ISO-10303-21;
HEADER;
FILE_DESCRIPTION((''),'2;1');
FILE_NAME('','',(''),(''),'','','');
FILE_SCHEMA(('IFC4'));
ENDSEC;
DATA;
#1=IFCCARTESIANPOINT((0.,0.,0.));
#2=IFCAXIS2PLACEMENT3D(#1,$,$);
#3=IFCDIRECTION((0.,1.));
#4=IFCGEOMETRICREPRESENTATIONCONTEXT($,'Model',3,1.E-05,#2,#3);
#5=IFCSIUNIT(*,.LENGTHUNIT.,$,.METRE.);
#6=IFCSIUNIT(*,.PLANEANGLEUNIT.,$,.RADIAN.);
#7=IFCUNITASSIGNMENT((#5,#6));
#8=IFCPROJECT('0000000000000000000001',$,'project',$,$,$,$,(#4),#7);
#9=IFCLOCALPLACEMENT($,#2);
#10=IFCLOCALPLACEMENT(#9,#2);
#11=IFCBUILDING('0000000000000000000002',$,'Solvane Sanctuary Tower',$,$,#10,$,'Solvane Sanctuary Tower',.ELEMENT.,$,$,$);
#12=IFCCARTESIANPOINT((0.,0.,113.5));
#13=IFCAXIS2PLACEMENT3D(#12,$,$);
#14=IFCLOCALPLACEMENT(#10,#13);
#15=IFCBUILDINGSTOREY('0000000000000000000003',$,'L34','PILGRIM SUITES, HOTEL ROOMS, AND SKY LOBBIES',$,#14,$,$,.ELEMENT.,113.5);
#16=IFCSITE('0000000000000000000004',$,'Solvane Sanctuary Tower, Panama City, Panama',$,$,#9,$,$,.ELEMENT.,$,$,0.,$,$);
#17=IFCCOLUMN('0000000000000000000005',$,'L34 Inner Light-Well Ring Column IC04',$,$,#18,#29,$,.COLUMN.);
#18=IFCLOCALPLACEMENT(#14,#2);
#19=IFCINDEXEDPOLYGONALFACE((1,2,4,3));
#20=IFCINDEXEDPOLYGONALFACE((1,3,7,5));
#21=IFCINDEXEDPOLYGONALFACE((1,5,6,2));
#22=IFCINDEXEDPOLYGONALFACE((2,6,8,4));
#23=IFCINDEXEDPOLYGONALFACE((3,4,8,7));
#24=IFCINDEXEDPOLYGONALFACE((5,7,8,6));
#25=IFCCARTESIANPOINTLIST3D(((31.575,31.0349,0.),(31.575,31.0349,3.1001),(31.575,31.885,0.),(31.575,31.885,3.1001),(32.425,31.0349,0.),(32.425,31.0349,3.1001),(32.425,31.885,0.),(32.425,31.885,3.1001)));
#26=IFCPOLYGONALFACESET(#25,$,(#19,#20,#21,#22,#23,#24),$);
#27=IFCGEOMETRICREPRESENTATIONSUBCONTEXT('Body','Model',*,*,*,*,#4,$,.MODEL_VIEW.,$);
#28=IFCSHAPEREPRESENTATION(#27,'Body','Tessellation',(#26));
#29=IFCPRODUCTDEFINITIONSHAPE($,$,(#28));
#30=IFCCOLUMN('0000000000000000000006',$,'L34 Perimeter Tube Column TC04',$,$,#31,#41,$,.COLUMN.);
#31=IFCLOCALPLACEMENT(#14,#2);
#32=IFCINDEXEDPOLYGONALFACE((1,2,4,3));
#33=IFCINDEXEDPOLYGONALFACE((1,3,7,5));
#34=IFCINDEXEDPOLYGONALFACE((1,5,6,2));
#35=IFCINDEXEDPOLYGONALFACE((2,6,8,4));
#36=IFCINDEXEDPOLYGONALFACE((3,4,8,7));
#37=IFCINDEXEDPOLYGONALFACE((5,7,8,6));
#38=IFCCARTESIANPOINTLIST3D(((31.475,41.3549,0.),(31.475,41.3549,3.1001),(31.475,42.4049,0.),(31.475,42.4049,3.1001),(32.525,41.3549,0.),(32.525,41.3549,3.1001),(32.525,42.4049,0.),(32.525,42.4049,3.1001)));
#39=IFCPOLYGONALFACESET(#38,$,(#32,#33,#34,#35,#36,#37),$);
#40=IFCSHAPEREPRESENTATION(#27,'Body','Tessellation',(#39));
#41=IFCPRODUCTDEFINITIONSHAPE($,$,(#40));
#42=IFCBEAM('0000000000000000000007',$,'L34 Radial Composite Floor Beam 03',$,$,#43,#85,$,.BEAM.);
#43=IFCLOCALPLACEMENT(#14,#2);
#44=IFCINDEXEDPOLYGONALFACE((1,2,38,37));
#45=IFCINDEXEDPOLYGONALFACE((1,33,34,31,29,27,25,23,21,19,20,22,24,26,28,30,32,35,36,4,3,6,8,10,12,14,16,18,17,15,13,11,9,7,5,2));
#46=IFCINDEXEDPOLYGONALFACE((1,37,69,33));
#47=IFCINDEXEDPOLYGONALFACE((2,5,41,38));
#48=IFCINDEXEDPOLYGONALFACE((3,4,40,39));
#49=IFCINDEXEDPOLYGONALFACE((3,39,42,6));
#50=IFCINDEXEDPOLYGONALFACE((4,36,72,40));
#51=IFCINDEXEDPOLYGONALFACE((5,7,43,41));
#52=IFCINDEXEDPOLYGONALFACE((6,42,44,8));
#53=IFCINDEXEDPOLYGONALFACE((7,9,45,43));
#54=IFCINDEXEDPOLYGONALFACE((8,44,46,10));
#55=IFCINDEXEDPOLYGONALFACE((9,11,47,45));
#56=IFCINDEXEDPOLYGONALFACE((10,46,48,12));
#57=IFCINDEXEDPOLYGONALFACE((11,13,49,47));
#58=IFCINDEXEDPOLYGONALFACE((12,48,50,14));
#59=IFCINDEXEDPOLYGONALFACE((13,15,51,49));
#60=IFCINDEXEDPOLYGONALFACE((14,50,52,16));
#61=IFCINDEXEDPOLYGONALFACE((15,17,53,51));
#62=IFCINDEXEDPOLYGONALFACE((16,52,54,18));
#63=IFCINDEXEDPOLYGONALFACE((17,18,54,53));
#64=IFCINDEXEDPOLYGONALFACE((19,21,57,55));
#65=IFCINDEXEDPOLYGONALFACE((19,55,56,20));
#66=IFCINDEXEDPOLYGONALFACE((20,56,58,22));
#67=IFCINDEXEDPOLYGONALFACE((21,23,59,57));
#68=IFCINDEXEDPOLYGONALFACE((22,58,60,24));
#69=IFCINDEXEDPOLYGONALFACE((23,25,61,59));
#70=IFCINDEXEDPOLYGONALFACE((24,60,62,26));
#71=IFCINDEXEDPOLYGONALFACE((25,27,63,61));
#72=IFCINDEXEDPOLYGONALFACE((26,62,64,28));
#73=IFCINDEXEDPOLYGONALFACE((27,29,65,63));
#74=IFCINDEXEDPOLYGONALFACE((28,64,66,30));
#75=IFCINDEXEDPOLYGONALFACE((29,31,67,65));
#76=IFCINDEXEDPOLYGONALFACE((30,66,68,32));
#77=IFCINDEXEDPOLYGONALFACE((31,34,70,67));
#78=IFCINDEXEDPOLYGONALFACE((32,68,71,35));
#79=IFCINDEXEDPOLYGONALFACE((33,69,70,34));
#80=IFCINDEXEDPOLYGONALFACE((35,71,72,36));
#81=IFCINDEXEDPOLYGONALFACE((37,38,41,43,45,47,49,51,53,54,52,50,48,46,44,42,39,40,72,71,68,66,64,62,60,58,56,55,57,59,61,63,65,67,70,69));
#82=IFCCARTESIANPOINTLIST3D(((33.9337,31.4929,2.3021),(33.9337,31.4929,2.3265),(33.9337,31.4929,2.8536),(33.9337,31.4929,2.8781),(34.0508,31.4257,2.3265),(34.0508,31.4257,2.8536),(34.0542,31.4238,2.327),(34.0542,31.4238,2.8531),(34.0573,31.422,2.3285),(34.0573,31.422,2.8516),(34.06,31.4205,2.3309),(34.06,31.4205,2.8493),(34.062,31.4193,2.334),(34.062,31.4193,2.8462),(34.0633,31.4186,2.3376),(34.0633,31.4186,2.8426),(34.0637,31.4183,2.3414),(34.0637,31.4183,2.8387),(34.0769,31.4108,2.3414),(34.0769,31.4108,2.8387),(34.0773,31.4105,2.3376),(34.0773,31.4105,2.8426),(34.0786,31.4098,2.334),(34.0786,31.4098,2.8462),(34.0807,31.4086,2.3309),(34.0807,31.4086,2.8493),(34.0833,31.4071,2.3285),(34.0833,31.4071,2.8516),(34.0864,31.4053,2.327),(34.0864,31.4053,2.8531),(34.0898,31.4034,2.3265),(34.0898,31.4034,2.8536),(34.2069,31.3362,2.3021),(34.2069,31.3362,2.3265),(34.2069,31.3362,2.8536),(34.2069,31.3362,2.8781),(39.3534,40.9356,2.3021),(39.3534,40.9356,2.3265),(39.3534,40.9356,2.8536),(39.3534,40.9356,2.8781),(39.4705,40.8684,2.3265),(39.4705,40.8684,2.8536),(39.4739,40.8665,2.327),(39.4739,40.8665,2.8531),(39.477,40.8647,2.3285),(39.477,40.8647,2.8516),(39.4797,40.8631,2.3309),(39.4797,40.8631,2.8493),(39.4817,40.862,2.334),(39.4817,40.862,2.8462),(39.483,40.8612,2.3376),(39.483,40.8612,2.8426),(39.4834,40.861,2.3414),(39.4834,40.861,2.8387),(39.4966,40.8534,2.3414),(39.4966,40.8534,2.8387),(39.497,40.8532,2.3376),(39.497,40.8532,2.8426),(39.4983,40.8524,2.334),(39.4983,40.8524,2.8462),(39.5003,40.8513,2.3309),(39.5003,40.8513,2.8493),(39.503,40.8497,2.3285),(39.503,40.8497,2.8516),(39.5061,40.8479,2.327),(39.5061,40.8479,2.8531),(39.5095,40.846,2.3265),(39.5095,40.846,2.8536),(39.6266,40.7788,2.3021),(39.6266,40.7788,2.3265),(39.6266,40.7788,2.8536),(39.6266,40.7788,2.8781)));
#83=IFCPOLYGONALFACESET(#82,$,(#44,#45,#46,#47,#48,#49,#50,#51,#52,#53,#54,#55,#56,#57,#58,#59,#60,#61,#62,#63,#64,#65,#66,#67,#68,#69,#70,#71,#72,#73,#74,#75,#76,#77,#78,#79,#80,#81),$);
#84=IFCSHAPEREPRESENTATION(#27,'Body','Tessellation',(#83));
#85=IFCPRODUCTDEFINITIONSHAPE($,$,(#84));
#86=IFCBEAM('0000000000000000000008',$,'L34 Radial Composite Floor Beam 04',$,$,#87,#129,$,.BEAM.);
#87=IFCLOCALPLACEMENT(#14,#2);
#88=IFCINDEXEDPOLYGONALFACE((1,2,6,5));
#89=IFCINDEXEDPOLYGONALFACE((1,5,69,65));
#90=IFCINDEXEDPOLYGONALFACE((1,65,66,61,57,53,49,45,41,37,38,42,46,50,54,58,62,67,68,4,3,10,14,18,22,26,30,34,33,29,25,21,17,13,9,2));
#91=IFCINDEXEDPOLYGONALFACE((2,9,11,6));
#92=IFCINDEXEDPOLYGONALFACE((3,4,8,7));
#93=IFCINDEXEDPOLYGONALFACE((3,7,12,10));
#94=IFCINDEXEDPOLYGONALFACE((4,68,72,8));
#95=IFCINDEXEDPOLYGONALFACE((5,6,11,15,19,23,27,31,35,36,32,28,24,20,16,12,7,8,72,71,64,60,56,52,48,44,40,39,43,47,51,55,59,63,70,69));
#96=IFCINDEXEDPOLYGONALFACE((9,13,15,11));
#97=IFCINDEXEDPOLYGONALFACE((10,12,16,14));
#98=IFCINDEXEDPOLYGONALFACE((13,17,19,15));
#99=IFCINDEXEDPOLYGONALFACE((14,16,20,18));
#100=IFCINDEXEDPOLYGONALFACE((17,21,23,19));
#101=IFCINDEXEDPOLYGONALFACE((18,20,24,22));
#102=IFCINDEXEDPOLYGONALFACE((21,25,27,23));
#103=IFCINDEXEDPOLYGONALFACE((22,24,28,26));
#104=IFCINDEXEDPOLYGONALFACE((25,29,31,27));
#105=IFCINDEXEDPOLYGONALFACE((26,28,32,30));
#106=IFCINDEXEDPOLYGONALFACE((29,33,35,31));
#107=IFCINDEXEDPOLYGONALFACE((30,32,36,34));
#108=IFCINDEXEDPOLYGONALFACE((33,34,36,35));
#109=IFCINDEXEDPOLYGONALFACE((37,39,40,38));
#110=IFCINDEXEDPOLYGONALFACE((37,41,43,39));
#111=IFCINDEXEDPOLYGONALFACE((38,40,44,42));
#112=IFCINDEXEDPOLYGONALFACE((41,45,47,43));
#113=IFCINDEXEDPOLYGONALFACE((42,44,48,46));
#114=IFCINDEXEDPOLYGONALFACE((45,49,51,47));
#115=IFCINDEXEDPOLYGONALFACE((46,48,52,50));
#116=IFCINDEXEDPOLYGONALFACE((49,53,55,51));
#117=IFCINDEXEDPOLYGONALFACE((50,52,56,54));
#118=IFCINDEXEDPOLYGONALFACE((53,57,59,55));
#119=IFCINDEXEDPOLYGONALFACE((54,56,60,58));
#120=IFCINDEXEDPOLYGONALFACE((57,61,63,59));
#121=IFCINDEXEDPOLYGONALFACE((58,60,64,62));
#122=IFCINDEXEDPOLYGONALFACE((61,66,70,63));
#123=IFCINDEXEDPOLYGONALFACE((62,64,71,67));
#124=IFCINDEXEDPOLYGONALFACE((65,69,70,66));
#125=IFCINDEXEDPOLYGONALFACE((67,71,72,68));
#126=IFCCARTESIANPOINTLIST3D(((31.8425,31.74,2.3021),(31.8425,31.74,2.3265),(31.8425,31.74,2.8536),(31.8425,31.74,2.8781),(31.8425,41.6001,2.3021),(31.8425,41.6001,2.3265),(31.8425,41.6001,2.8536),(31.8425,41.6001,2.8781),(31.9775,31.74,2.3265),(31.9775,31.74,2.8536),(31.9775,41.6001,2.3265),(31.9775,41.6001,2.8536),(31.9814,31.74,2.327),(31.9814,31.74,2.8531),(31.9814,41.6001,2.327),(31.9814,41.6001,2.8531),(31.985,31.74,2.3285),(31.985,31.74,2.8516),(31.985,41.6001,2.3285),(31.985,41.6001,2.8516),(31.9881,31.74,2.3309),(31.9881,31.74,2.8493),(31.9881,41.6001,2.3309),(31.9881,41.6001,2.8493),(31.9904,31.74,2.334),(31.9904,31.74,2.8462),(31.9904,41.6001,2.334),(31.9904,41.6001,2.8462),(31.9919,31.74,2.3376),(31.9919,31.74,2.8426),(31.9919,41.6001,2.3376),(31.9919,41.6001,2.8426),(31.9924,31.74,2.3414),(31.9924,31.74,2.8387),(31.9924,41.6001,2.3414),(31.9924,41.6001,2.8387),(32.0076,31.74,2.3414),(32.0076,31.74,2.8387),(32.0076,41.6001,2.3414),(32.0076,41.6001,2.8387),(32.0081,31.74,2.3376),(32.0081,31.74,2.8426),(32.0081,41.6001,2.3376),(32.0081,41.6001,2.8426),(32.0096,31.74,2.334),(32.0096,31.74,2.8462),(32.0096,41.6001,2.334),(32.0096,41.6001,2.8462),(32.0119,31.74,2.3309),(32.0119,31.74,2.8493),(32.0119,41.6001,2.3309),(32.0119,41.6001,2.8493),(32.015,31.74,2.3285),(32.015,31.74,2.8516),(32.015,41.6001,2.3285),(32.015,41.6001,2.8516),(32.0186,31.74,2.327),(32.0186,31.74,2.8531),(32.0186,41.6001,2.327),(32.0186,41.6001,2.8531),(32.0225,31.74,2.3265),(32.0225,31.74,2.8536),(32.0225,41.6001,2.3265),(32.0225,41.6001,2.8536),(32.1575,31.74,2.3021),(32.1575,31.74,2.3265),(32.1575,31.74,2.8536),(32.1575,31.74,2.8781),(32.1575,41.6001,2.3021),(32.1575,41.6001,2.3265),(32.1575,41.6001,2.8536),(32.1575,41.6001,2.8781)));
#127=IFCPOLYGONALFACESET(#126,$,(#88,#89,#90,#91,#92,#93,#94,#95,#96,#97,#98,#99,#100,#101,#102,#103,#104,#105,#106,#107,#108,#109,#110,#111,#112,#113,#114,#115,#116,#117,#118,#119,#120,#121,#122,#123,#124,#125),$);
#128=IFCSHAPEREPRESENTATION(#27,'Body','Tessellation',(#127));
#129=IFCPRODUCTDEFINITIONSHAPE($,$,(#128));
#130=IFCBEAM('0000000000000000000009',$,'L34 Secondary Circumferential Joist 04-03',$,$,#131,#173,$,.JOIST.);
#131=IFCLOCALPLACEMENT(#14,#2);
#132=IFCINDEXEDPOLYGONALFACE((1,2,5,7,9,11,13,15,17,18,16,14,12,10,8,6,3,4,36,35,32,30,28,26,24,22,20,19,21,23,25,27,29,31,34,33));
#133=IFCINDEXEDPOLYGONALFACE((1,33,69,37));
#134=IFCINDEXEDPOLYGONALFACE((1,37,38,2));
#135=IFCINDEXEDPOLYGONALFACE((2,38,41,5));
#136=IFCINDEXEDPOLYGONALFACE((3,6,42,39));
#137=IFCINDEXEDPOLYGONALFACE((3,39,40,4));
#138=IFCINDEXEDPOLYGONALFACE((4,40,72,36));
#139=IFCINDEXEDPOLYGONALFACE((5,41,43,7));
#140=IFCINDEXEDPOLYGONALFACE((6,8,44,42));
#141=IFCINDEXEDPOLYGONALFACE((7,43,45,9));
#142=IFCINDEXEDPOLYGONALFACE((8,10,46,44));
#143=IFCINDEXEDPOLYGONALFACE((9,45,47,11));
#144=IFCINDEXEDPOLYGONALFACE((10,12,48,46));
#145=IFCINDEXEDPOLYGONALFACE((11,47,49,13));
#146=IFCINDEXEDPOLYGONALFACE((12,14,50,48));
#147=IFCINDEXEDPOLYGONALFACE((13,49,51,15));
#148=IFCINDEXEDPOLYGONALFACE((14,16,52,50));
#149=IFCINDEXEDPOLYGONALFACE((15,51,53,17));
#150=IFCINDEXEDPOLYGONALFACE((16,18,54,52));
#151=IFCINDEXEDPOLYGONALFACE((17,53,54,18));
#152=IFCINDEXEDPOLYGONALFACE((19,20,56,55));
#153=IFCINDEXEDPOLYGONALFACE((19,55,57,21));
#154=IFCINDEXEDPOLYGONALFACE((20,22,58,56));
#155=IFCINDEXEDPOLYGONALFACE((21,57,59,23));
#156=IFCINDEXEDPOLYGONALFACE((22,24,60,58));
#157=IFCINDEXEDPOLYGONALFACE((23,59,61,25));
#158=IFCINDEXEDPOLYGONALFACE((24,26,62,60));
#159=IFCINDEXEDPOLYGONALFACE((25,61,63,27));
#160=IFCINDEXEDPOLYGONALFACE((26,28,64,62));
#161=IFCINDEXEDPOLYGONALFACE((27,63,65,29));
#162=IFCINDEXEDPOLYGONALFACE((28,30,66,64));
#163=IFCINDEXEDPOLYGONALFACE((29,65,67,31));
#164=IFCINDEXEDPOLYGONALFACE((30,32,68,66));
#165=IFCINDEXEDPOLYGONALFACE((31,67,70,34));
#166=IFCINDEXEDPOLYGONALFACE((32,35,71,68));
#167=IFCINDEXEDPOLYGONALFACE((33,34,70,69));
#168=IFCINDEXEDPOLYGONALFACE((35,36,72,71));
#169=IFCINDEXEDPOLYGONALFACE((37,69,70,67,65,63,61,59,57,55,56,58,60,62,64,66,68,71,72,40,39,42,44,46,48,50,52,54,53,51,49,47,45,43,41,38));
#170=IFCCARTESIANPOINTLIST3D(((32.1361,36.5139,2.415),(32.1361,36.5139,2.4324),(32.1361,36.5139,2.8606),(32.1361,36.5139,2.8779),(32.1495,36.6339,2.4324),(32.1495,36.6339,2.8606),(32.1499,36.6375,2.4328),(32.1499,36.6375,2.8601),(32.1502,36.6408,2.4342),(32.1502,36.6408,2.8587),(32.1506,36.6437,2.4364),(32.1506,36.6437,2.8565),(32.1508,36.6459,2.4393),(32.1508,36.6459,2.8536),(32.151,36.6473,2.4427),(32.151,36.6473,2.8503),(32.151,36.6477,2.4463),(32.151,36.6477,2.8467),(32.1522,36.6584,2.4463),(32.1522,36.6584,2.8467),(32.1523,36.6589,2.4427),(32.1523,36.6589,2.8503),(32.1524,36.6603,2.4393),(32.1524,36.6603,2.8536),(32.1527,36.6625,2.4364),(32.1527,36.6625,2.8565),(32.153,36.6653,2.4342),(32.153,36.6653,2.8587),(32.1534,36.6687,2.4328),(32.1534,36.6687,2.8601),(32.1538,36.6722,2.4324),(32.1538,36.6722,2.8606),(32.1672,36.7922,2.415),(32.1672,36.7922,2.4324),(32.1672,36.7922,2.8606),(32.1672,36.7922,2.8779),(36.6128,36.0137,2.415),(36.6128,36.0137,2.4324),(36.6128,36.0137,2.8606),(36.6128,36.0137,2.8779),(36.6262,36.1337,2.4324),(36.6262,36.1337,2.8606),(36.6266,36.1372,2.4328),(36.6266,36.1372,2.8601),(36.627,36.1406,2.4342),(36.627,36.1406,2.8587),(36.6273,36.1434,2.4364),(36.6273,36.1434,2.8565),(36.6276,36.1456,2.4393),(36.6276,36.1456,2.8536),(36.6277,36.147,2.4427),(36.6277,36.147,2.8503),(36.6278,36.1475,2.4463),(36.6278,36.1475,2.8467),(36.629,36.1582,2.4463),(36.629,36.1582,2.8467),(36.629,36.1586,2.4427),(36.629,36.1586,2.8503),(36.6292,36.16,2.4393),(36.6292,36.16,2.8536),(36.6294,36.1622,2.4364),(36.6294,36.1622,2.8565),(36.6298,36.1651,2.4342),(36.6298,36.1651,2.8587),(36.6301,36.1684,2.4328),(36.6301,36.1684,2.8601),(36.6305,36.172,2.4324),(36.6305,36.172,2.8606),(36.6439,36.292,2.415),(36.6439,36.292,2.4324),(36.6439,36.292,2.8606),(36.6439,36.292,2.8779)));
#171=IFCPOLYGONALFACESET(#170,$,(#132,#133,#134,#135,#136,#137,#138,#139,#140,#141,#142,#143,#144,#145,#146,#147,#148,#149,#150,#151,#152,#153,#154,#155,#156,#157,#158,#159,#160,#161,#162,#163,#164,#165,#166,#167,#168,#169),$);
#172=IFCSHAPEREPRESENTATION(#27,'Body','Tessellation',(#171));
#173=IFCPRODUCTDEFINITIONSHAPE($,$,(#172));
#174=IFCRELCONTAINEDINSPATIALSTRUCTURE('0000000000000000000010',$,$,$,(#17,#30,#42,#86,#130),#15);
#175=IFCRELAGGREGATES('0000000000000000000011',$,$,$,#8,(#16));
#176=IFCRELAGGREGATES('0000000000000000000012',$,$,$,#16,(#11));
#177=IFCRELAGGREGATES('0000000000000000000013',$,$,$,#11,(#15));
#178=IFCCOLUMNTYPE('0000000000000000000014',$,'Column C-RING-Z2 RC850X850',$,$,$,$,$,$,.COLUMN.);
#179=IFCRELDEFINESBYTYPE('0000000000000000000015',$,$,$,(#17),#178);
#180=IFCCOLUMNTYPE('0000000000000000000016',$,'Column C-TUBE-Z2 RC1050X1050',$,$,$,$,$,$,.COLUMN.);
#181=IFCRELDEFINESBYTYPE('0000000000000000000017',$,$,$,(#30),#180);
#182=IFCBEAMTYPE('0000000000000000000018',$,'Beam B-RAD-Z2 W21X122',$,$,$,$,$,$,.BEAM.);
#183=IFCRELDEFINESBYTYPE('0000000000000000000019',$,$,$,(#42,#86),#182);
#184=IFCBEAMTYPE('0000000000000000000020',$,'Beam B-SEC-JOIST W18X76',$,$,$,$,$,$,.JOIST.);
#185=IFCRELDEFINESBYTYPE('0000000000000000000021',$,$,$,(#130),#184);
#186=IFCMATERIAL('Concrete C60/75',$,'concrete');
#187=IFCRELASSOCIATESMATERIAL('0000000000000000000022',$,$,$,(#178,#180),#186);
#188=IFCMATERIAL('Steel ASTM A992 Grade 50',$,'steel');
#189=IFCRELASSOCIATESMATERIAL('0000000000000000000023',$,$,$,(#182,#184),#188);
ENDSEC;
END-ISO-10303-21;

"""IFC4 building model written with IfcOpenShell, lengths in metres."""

from ifc_helpers import new_model, si_unit, direction, frame, origin, origin_2d, place, context, subcontext, project, spatial, rectangle, i_section, extrude, material, material_profile, profile_set, type_object, element, save


model = new_model("IFC4")

# Units and contexts
model_context = context("Model", 3, precision=1e-05, world=origin(), true_north=direction((0.0, 1.0)))
body_context = subcontext(model_context, "Body", "Model", "MODEL_VIEW")
ifc_project = project(units=[si_unit("LENGTHUNIT", "METRE"), si_unit("PLANEANGLEUNIT", "RADIAN")], contexts=[model_context])

# Site, building, storey
site_placement = place(None, origin())
site = spatial("IfcSite", under=ifc_project, at=site_placement, Name="Solvane Sanctuary Tower, Panama City, Panama", CompositionType="ELEMENT", RefElevation=0.0)
building_placement = place(site_placement, origin())
building = spatial("IfcBuilding", under=site, at=building_placement, Name="Solvane Sanctuary Tower", LongName="Solvane Sanctuary Tower", CompositionType="ELEMENT")
storey_placement = place(building_placement, frame((0.0, 0.0, 113.5)))
storey = spatial("IfcBuildingStorey", under=building, at=storey_placement, Name="L34", Description="PILGRIM SUITES, HOTEL ROOMS, AND SKY LOBBIES", CompositionType="ELEMENT", Elevation=113.5)

# Columns
ifc_material_1 = material(Name="Concrete C60/75", Category="concrete")
ifc_material_profile_1 = material_profile(ifc_material_1, rectangle(XDim=0.8501, YDim=0.8501, at=origin_2d()), Name="RC850X850")
ifc_profile_set_1 = profile_set([ifc_material_profile_1], Name="Concrete C60/75")
column_type_1 = type_object("IfcColumnType", Name="Column C-RING-Z2 RC850X850", PredefinedType="COLUMN", material=ifc_profile_set_1)
column_1_placement = place(storey_placement, frame((32.0, 31.46, 0.0), z_axis=(0.0, 0.0, 1.0), x_axis=(1.0, 0.0, 0.0)))
element("IfcColumn", 1, at=column_1_placement, inside=storey, type_object=column_type_1, Name="L34 Inner Light-Well Ring Column IC04", PredefinedType="COLUMN", context=body_context, shape_type="SweptSolid", body=[
    extrude(rectangle(XDim=0.8501, YDim=0.8501, at=origin_2d()), origin(), (0.0, 0.0, 1.0), 3.1001),
])
ifc_material_profile_2 = material_profile(ifc_material_1, rectangle(XDim=1.05, YDim=1.05, at=origin_2d()), Name="RC1050X1050")
ifc_profile_set_2 = profile_set([ifc_material_profile_2], Name="Concrete C60/75")
column_type_2 = type_object("IfcColumnType", Name="Column C-TUBE-Z2 RC1050X1050", PredefinedType="COLUMN", material=ifc_profile_set_2)
column_2_placement = place(storey_placement, frame((32.0, 41.8799, 0.0), z_axis=(0.0, 0.0, 1.0), x_axis=(0.0, 1.0, 0.0)))
element("IfcColumn", 2, at=column_2_placement, inside=storey, type_object=column_type_2, Name="L34 Perimeter Tube Column TC04", PredefinedType="COLUMN", context=body_context, shape_type="SweptSolid", body=[
    extrude(rectangle(XDim=1.05, YDim=1.05, at=origin_2d()), origin(), (0.0, 0.0, 1.0), 3.1001),
])

# Beams
ifc_material_2 = material(Name="Steel ASTM A992 Grade 50", Category="steel")
ifc_material_profile_3 = material_profile(ifc_material_2, i_section(OverallWidth=0.3149, OverallDepth=0.5759, WebThickness=0.0151, FlangeThickness=0.0244, FilletRadius=0.0149, at=origin_2d()), Name="W21X122")
ifc_profile_set_3 = profile_set([ifc_material_profile_3], Name="Steel ASTM A992 Grade 50")
beam_type_1 = type_object("IfcBeamType", Name="Beam B-RAD-Z2 W21X122", PredefinedType="BEAM", material=ifc_profile_set_3)
beam_1_placement = place(storey_placement, frame((34.0703, 31.4146, 2.5901), z_axis=(0.497792, 0.867296, 0.0), x_axis=(-0.867296, 0.497792, 0.0)))
element("IfcBeam", 3, at=beam_1_placement, inside=storey, type_object=beam_type_1, Name="L34 Radial Composite Floor Beam 03", PredefinedType="BEAM", context=body_context, shape_type="SweptSolid", body=[
    extrude(i_section(OverallWidth=0.3149, OverallDepth=0.5759, WebThickness=0.0151, FlangeThickness=0.0244, FilletRadius=0.0149, at=origin_2d()), origin(), (0.0, 0.0, 1.0), 10.8875),
])
beam_2_placement = place(storey_placement, frame((32.0, 31.74, 2.5901), z_axis=(0.0, 1.0, 0.0), x_axis=(-1.0, 0.0, 0.0)))
element("IfcBeam", 4, at=beam_2_placement, inside=storey, type_object=beam_type_1, Name="L34 Radial Composite Floor Beam 04", PredefinedType="BEAM", context=body_context, shape_type="SweptSolid", body=[
    extrude(i_section(OverallWidth=0.3149, OverallDepth=0.5759, WebThickness=0.0151, FlangeThickness=0.0244, FilletRadius=0.0149, at=origin_2d()), origin(), (0.0, 0.0, 1.0), 9.8601),
])
ifc_material_profile_4 = material_profile(ifc_material_2, i_section(OverallWidth=0.28, OverallDepth=0.4629, WebThickness=0.0107, FlangeThickness=0.0173, FilletRadius=0.0139, at=origin_2d()), Name="W18X76")
ifc_profile_set_4 = profile_set([ifc_material_profile_4], Name="Steel ASTM A992 Grade 50")
beam_type_2 = type_object("IfcBeamType", Name="Beam B-SEC-JOIST W18X76", PredefinedType="JOIST", material=ifc_profile_set_4)
beam_3_placement = place(storey_placement, frame((32.1516, 36.6531, 2.6465), z_axis=(0.993815, -0.11105, 0.0), x_axis=(0.11105, 0.993815, 0.0)))
element("IfcBeam", 5, at=beam_3_placement, inside=storey, type_object=beam_type_2, Name="L34 Secondary Circumferential Joist 04-03", PredefinedType="JOIST", context=body_context, shape_type="SweptSolid", body=[
    extrude(i_section(OverallWidth=0.28, OverallDepth=0.4629, WebThickness=0.0107, FlangeThickness=0.0173, FilletRadius=0.0139, at=origin_2d()), origin(), (0.0, 0.0, 1.0), 4.5046),
])

save(model, "model.ifc")
